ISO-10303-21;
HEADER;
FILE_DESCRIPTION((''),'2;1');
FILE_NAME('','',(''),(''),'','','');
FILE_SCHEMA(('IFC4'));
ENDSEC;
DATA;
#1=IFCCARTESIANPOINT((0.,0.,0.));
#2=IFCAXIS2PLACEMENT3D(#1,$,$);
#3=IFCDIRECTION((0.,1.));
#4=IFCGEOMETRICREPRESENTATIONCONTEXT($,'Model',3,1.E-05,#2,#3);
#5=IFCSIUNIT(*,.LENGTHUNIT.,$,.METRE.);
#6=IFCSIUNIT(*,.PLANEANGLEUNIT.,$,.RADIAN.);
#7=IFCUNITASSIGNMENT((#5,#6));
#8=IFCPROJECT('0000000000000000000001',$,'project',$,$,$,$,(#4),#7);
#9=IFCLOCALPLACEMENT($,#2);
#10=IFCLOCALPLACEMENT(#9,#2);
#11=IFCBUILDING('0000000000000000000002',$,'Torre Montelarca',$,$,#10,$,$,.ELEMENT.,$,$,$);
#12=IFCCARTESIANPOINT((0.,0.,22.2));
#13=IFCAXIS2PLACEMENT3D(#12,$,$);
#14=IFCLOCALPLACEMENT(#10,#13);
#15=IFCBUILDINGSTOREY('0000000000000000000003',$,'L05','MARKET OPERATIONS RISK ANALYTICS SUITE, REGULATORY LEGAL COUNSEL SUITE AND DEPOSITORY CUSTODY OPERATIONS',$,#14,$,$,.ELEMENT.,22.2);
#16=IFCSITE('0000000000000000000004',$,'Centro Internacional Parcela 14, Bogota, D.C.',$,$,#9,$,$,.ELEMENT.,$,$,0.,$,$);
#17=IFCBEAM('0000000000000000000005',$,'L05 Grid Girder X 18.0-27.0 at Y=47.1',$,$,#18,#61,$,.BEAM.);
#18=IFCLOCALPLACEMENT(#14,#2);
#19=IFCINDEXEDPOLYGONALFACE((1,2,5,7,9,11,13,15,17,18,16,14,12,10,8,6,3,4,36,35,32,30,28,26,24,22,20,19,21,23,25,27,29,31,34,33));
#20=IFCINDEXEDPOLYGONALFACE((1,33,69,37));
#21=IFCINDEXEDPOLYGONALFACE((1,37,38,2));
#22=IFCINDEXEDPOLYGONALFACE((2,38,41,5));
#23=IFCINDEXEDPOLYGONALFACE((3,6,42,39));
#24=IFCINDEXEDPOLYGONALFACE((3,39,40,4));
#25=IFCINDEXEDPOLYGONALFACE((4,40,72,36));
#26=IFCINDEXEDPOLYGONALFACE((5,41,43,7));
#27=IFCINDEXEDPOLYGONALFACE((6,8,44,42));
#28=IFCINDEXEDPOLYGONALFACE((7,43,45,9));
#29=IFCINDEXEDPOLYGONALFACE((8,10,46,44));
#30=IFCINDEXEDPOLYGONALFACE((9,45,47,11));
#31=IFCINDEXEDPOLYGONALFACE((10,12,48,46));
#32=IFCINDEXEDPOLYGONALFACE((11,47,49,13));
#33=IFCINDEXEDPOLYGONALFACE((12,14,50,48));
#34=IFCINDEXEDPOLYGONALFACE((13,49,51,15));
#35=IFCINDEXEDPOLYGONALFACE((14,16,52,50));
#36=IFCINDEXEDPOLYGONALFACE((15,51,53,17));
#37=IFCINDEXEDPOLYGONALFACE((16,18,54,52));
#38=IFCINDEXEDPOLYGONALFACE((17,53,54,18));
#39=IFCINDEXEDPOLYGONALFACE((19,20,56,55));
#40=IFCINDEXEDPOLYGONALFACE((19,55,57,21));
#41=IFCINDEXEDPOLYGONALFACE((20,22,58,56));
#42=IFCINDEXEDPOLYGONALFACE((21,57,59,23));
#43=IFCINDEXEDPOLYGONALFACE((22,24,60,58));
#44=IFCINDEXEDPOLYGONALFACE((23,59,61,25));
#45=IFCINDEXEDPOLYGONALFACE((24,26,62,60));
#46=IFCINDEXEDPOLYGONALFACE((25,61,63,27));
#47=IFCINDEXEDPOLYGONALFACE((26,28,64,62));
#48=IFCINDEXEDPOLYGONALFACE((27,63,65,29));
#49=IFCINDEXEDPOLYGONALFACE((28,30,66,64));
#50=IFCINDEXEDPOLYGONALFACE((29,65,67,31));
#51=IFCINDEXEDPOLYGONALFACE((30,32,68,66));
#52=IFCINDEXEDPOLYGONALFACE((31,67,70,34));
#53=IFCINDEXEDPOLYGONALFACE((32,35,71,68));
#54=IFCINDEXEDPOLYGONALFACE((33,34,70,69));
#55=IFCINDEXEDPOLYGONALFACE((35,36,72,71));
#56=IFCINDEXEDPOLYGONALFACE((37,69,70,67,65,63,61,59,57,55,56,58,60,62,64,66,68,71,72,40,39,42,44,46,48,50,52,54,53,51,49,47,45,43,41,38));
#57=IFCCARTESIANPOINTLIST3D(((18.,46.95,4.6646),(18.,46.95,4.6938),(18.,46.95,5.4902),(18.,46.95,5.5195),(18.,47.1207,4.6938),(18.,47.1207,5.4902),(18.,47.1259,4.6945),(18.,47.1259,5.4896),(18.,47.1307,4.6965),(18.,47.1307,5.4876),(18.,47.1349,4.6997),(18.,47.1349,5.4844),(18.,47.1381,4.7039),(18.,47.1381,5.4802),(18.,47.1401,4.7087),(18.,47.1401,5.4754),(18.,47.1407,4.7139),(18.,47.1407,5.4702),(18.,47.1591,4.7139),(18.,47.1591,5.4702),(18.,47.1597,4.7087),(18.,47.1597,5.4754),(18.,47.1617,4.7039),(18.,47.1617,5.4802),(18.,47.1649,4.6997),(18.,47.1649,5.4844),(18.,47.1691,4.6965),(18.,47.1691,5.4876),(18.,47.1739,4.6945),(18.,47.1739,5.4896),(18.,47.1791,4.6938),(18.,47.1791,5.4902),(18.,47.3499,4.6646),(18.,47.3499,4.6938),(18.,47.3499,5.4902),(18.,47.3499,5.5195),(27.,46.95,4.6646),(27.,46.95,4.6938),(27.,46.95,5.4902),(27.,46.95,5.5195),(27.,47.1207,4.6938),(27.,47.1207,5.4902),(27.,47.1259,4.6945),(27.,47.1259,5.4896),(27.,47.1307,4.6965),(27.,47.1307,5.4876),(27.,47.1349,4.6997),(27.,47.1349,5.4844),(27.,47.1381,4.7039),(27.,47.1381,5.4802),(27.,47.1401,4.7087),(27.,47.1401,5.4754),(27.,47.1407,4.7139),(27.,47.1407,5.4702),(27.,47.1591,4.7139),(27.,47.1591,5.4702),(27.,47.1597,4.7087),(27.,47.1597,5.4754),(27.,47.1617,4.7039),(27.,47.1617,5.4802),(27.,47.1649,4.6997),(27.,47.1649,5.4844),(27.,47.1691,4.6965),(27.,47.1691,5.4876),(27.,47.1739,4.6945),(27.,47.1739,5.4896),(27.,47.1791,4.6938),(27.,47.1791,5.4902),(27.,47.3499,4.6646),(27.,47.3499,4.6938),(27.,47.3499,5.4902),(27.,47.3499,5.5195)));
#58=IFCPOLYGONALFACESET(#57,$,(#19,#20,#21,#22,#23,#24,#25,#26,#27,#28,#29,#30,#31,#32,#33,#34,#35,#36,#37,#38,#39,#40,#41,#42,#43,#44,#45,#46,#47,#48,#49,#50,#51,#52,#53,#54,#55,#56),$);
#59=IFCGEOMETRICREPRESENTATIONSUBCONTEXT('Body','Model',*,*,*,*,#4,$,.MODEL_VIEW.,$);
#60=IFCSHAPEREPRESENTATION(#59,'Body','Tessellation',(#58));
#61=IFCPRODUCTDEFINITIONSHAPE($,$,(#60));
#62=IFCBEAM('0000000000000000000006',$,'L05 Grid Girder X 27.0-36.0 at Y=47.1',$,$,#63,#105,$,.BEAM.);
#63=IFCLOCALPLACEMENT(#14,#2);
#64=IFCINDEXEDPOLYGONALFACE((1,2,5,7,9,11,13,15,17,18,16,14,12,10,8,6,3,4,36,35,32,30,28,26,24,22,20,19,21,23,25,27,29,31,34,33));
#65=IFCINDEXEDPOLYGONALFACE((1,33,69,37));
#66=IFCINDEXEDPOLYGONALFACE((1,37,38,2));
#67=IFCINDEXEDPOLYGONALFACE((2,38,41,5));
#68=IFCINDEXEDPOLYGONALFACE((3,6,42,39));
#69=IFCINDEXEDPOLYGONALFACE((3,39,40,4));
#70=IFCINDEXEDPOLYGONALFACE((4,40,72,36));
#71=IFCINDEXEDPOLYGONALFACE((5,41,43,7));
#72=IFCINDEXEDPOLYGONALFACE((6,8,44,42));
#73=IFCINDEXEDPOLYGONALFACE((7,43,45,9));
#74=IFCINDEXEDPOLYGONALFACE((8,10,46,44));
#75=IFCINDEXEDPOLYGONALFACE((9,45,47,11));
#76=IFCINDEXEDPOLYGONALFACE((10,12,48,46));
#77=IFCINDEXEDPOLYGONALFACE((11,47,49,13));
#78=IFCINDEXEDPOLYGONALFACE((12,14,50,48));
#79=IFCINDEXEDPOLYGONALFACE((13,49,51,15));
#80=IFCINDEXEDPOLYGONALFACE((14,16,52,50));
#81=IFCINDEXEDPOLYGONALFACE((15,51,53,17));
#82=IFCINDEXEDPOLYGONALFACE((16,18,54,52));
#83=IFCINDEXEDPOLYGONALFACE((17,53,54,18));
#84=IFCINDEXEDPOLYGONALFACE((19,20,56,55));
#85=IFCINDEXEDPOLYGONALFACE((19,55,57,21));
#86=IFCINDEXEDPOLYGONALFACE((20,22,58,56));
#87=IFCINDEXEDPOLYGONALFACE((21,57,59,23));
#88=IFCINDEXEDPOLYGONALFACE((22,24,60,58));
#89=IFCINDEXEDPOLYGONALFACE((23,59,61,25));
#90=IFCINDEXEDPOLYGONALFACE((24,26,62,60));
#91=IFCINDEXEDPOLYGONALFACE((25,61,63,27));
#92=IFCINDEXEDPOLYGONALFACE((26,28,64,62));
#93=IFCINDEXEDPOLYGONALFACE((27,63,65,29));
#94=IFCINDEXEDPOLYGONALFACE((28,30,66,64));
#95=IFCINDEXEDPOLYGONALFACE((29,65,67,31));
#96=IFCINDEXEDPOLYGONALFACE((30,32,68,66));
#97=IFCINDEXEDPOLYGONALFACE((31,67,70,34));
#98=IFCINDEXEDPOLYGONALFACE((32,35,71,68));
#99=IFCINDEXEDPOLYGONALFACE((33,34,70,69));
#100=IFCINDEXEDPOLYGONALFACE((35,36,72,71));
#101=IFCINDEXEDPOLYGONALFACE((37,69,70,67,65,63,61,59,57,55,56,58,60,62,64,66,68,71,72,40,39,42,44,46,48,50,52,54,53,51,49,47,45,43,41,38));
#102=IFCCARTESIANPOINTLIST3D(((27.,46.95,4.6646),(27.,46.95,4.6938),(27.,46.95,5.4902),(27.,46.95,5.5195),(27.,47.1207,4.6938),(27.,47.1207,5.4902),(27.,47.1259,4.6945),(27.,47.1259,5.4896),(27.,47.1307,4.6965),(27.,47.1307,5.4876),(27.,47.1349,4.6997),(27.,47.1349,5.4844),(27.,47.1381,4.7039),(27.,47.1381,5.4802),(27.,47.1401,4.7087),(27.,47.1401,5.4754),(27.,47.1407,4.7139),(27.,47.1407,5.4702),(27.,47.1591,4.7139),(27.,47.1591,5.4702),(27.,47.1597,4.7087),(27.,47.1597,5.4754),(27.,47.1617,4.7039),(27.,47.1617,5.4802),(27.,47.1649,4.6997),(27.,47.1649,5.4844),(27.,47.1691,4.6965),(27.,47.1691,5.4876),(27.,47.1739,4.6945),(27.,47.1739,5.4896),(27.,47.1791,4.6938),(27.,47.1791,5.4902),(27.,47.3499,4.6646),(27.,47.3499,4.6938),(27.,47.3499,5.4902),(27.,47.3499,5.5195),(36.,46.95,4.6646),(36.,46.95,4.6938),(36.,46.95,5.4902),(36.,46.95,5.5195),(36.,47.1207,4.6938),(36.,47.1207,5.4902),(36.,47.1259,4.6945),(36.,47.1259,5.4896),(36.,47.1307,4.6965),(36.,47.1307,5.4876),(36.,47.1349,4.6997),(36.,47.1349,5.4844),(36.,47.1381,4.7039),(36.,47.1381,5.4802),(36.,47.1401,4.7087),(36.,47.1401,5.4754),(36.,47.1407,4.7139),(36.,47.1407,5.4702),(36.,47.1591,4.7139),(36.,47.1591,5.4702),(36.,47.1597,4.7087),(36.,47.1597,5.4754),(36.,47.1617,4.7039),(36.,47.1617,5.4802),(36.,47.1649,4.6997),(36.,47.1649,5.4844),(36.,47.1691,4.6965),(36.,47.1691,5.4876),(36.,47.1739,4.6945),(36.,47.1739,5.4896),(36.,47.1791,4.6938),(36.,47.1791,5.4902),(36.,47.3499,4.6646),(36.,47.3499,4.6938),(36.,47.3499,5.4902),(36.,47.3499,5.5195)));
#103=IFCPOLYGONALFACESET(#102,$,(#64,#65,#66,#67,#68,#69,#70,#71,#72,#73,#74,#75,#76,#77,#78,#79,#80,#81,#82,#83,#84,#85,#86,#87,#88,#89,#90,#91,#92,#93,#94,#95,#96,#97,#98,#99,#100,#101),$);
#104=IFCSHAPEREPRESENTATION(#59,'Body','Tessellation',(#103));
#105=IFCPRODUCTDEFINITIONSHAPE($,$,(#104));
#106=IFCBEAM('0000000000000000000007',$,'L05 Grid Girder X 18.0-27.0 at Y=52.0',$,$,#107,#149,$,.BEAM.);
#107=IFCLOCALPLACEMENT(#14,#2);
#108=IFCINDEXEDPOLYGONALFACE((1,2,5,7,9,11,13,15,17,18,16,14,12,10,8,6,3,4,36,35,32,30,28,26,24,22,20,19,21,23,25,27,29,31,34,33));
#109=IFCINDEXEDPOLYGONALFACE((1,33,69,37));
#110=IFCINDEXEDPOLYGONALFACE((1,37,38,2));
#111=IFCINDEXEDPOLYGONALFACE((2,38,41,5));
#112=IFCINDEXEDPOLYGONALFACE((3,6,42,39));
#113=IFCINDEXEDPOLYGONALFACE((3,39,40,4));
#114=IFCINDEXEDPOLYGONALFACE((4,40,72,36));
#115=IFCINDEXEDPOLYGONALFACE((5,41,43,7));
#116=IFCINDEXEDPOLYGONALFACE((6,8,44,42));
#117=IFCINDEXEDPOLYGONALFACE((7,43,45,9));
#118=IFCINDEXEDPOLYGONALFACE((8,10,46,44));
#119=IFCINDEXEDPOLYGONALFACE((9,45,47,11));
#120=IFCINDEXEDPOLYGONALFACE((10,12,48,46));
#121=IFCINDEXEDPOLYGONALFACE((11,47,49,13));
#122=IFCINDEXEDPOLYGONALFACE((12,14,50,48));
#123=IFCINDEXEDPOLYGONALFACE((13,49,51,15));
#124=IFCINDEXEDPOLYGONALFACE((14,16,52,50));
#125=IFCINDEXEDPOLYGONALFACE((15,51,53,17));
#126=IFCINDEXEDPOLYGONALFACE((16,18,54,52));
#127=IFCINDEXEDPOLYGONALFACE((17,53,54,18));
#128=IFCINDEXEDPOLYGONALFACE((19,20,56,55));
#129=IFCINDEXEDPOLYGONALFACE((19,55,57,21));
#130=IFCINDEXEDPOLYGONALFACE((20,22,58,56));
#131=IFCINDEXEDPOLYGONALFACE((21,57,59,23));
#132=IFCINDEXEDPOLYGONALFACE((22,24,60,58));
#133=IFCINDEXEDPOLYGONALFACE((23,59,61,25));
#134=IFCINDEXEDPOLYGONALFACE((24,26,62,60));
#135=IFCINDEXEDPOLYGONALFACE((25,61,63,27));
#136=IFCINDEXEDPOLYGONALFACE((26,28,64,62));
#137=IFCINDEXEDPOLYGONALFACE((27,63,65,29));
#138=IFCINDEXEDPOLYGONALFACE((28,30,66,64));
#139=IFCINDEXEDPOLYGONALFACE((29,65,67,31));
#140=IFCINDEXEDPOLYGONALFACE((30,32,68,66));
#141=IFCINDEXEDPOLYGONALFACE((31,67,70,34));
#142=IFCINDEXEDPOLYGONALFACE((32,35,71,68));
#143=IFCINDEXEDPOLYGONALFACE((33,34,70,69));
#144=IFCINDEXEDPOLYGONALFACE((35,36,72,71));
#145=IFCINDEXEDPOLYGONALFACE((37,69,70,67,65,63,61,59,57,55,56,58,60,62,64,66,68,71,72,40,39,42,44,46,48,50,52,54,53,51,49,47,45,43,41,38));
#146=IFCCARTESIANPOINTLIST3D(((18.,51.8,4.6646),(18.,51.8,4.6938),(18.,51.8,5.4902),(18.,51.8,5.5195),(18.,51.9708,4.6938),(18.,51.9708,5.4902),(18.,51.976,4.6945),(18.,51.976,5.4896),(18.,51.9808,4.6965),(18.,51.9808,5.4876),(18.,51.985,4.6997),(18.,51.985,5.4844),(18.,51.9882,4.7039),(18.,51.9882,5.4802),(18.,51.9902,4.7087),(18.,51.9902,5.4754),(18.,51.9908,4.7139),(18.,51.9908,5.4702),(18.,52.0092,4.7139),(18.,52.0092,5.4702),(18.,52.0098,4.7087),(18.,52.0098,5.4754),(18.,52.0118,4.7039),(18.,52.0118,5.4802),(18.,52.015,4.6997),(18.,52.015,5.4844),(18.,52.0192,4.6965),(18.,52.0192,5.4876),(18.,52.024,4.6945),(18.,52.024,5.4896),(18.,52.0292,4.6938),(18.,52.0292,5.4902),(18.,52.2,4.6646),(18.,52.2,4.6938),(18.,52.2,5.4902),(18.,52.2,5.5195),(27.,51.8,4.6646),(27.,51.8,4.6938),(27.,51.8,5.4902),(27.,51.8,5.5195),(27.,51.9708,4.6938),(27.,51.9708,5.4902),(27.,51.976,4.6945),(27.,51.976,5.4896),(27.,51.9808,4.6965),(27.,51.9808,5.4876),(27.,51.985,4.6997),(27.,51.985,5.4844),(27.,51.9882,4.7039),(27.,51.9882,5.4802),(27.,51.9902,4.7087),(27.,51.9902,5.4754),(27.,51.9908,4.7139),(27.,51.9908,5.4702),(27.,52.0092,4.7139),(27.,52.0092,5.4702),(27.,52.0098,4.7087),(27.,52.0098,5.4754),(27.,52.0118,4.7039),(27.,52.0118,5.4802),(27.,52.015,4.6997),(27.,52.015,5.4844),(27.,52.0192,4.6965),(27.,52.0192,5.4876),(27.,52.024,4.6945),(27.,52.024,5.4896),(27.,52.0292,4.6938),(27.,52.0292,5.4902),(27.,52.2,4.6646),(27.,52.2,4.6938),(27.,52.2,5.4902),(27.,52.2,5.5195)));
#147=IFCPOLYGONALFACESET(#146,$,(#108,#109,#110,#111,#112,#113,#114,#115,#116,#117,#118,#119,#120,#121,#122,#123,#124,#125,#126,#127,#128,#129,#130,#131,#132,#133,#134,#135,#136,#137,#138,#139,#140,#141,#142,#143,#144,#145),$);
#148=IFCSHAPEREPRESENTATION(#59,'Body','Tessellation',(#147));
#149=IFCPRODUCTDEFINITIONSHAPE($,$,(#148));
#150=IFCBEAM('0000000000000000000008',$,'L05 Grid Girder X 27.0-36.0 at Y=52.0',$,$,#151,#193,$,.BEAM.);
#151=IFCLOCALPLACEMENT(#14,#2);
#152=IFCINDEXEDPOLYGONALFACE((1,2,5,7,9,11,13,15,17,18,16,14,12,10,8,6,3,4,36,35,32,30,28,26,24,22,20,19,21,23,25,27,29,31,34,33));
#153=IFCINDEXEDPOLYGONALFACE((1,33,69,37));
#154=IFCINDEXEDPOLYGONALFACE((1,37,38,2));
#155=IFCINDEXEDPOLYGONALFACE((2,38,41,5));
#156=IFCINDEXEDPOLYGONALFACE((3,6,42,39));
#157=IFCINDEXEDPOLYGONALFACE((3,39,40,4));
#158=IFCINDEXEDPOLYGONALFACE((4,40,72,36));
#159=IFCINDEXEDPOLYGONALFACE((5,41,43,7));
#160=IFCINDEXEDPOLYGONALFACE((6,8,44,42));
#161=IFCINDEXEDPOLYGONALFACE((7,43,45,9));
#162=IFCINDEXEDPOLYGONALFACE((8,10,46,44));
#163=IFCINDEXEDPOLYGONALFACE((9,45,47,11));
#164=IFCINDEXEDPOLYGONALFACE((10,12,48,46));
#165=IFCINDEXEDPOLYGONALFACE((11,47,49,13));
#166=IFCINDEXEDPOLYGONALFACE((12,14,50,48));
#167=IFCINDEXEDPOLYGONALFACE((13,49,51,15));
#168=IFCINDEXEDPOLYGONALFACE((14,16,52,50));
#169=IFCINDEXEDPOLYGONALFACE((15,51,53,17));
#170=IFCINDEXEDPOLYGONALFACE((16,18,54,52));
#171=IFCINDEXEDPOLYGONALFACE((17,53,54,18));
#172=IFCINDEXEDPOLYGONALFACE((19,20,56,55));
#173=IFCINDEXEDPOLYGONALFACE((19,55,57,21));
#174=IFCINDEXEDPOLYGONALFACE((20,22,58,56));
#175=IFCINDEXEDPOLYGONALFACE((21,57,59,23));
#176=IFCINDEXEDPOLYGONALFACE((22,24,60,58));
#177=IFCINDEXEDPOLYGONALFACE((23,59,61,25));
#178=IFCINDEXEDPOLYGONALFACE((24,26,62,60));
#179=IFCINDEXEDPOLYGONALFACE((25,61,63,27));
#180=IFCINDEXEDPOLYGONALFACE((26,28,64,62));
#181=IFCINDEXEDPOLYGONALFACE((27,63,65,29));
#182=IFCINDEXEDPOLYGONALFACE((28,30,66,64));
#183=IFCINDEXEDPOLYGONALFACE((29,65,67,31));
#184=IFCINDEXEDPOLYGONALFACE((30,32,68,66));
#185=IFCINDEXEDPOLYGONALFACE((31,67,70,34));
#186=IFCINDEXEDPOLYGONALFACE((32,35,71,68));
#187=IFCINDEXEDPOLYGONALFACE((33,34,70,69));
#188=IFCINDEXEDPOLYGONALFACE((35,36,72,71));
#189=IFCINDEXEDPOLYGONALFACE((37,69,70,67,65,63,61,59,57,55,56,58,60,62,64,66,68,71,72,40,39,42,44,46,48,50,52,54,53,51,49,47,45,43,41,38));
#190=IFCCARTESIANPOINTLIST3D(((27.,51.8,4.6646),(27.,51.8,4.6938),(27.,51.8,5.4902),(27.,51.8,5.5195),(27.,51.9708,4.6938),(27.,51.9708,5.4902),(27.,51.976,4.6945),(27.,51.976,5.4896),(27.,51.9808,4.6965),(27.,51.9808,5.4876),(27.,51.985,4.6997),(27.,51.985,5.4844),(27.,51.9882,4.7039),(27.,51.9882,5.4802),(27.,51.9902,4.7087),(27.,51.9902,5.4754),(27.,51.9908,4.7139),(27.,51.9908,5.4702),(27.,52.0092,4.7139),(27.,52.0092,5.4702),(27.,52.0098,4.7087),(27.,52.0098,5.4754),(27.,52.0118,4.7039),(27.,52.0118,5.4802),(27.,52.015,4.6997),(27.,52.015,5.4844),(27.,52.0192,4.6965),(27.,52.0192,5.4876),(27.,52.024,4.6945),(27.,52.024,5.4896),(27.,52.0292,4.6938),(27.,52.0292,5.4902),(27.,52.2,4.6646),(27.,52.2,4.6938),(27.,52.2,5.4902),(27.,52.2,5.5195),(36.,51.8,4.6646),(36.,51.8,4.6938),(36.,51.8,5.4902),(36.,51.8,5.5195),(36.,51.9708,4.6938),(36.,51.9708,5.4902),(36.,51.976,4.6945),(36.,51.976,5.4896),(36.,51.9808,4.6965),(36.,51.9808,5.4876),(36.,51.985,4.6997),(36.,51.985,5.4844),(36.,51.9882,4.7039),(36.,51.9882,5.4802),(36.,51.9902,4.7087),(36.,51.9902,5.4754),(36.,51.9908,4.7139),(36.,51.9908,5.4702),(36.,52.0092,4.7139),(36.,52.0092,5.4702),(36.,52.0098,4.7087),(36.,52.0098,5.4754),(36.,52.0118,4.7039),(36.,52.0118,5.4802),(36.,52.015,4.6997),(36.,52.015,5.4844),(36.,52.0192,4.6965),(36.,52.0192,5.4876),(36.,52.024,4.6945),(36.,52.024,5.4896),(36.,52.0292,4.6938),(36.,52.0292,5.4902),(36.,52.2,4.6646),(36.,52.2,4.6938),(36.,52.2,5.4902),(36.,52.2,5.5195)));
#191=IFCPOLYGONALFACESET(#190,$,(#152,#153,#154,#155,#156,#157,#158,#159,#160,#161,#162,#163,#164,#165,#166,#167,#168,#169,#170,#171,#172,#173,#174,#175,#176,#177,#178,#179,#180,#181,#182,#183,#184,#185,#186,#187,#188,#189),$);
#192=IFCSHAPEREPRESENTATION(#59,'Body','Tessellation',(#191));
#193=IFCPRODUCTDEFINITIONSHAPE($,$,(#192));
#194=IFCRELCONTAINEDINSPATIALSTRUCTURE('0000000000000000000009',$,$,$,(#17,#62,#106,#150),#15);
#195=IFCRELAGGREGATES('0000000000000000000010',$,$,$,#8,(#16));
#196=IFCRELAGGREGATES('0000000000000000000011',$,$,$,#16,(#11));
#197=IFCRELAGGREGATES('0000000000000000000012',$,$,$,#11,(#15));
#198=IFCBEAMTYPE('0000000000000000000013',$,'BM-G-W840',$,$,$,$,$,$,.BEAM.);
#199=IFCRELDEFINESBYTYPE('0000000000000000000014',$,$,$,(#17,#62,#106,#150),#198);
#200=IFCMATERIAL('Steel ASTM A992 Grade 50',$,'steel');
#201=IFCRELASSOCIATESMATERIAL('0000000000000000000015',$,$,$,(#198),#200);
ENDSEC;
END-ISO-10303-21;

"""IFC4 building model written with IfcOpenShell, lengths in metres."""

from ifc_helpers import new_model, si_unit, direction, frame, origin, origin_2d, place, context, subcontext, project, spatial, i_section, extrude, source, transform, mapped, material, material_profile, profile_set, type_object, element, save


model = new_model("IFC4")

# Units and contexts
model_context = context("Model", 3, precision=1e-05, world=origin(), true_north=direction((0.0, 1.0)))
body_context = subcontext(model_context, "Body", "Model", "MODEL_VIEW")
ifc_project = project(units=[si_unit("LENGTHUNIT", "METRE"), si_unit("PLANEANGLEUNIT", "RADIAN")], contexts=[model_context])

# Site, building, storey
site_placement = place(None, origin())
site = spatial("IfcSite", under=ifc_project, at=site_placement, Name="Centro Internacional Parcela 14, Bogota, D.C.", CompositionType="ELEMENT", RefElevation=0.0)
building_placement = place(site_placement, origin())
building = spatial("IfcBuilding", under=site, at=building_placement, Name="Torre Montelarca", CompositionType="ELEMENT")
storey_placement = place(building_placement, frame((0.0, 0.0, 22.2)))
storey = spatial("IfcBuildingStorey", under=building, at=storey_placement, Name="L05", Description="MARKET OPERATIONS RISK ANALYTICS SUITE, REGULATORY LEGAL COUNSEL SUITE AND DEPOSITORY CUSTODY OPERATIONS", CompositionType="ELEMENT", Elevation=22.2)

# Beams
ifc_material_1 = material(Name="Steel ASTM A992 Grade 50", Category="steel")
ifc_material_profile_1 = material_profile(ifc_material_1, i_section(OverallWidth=0.3999, OverallDepth=0.855, WebThickness=0.0183, FlangeThickness=0.0293, FilletRadius=0.02, at=origin_2d()), Name="W840X299", Category="steel")
ifc_profile_set_1 = profile_set([ifc_material_profile_1], Name="Steel ASTM A992 Grade 50")
beam_type_1 = type_object("IfcBeamType", Name="BM-G-W840", PredefinedType="BEAM", material=ifc_profile_set_1)
shared_shape_1 = source(origin(), body_context, "Body", "SweptSolid", [
    extrude(i_section(OverallWidth=0.3999, OverallDepth=0.855, WebThickness=0.0183, FlangeThickness=0.0293, FilletRadius=0.02, at=origin_2d()), origin(), (0.0, 0.0, 1.0), 9.0),
])
for number, where, z_axis, x_axis, name in (
    (1, (18.0, 47.1499, 5.092), (1.0, 0.0, 0.0), (0.0, 1.0, 0.0), "L05 Grid Girder X 18.0-27.0 at Y=47.1"),
    (2, (27.0, 47.1499, 5.092), (1.0, 0.0, 0.0), (0.0, 1.0, 0.0), "L05 Grid Girder X 27.0-36.0 at Y=47.1"),
    (3, (18.0, 52.0, 5.092), (1.0, 0.0, 0.0), (0.0, 1.0, 0.0), "L05 Grid Girder X 18.0-27.0 at Y=52.0"),
    (4, (27.0, 52.0, 5.092), (1.0, 0.0, 0.0), (0.0, 1.0, 0.0), "L05 Grid Girder X 27.0-36.0 at Y=52.0"),
):
    element("IfcBeam", number, at=place(storey_placement, frame(where, z_axis=z_axis, x_axis=x_axis)), inside=storey, type_object=beam_type_1, Name=name, PredefinedType="BEAM", context=body_context, shape_type="MappedRepresentation", body=[
        mapped(shared_shape_1, transform((0.0, 0.0, 0.0), scale=1.0)),
    ])

save(model, "model.ifc")
